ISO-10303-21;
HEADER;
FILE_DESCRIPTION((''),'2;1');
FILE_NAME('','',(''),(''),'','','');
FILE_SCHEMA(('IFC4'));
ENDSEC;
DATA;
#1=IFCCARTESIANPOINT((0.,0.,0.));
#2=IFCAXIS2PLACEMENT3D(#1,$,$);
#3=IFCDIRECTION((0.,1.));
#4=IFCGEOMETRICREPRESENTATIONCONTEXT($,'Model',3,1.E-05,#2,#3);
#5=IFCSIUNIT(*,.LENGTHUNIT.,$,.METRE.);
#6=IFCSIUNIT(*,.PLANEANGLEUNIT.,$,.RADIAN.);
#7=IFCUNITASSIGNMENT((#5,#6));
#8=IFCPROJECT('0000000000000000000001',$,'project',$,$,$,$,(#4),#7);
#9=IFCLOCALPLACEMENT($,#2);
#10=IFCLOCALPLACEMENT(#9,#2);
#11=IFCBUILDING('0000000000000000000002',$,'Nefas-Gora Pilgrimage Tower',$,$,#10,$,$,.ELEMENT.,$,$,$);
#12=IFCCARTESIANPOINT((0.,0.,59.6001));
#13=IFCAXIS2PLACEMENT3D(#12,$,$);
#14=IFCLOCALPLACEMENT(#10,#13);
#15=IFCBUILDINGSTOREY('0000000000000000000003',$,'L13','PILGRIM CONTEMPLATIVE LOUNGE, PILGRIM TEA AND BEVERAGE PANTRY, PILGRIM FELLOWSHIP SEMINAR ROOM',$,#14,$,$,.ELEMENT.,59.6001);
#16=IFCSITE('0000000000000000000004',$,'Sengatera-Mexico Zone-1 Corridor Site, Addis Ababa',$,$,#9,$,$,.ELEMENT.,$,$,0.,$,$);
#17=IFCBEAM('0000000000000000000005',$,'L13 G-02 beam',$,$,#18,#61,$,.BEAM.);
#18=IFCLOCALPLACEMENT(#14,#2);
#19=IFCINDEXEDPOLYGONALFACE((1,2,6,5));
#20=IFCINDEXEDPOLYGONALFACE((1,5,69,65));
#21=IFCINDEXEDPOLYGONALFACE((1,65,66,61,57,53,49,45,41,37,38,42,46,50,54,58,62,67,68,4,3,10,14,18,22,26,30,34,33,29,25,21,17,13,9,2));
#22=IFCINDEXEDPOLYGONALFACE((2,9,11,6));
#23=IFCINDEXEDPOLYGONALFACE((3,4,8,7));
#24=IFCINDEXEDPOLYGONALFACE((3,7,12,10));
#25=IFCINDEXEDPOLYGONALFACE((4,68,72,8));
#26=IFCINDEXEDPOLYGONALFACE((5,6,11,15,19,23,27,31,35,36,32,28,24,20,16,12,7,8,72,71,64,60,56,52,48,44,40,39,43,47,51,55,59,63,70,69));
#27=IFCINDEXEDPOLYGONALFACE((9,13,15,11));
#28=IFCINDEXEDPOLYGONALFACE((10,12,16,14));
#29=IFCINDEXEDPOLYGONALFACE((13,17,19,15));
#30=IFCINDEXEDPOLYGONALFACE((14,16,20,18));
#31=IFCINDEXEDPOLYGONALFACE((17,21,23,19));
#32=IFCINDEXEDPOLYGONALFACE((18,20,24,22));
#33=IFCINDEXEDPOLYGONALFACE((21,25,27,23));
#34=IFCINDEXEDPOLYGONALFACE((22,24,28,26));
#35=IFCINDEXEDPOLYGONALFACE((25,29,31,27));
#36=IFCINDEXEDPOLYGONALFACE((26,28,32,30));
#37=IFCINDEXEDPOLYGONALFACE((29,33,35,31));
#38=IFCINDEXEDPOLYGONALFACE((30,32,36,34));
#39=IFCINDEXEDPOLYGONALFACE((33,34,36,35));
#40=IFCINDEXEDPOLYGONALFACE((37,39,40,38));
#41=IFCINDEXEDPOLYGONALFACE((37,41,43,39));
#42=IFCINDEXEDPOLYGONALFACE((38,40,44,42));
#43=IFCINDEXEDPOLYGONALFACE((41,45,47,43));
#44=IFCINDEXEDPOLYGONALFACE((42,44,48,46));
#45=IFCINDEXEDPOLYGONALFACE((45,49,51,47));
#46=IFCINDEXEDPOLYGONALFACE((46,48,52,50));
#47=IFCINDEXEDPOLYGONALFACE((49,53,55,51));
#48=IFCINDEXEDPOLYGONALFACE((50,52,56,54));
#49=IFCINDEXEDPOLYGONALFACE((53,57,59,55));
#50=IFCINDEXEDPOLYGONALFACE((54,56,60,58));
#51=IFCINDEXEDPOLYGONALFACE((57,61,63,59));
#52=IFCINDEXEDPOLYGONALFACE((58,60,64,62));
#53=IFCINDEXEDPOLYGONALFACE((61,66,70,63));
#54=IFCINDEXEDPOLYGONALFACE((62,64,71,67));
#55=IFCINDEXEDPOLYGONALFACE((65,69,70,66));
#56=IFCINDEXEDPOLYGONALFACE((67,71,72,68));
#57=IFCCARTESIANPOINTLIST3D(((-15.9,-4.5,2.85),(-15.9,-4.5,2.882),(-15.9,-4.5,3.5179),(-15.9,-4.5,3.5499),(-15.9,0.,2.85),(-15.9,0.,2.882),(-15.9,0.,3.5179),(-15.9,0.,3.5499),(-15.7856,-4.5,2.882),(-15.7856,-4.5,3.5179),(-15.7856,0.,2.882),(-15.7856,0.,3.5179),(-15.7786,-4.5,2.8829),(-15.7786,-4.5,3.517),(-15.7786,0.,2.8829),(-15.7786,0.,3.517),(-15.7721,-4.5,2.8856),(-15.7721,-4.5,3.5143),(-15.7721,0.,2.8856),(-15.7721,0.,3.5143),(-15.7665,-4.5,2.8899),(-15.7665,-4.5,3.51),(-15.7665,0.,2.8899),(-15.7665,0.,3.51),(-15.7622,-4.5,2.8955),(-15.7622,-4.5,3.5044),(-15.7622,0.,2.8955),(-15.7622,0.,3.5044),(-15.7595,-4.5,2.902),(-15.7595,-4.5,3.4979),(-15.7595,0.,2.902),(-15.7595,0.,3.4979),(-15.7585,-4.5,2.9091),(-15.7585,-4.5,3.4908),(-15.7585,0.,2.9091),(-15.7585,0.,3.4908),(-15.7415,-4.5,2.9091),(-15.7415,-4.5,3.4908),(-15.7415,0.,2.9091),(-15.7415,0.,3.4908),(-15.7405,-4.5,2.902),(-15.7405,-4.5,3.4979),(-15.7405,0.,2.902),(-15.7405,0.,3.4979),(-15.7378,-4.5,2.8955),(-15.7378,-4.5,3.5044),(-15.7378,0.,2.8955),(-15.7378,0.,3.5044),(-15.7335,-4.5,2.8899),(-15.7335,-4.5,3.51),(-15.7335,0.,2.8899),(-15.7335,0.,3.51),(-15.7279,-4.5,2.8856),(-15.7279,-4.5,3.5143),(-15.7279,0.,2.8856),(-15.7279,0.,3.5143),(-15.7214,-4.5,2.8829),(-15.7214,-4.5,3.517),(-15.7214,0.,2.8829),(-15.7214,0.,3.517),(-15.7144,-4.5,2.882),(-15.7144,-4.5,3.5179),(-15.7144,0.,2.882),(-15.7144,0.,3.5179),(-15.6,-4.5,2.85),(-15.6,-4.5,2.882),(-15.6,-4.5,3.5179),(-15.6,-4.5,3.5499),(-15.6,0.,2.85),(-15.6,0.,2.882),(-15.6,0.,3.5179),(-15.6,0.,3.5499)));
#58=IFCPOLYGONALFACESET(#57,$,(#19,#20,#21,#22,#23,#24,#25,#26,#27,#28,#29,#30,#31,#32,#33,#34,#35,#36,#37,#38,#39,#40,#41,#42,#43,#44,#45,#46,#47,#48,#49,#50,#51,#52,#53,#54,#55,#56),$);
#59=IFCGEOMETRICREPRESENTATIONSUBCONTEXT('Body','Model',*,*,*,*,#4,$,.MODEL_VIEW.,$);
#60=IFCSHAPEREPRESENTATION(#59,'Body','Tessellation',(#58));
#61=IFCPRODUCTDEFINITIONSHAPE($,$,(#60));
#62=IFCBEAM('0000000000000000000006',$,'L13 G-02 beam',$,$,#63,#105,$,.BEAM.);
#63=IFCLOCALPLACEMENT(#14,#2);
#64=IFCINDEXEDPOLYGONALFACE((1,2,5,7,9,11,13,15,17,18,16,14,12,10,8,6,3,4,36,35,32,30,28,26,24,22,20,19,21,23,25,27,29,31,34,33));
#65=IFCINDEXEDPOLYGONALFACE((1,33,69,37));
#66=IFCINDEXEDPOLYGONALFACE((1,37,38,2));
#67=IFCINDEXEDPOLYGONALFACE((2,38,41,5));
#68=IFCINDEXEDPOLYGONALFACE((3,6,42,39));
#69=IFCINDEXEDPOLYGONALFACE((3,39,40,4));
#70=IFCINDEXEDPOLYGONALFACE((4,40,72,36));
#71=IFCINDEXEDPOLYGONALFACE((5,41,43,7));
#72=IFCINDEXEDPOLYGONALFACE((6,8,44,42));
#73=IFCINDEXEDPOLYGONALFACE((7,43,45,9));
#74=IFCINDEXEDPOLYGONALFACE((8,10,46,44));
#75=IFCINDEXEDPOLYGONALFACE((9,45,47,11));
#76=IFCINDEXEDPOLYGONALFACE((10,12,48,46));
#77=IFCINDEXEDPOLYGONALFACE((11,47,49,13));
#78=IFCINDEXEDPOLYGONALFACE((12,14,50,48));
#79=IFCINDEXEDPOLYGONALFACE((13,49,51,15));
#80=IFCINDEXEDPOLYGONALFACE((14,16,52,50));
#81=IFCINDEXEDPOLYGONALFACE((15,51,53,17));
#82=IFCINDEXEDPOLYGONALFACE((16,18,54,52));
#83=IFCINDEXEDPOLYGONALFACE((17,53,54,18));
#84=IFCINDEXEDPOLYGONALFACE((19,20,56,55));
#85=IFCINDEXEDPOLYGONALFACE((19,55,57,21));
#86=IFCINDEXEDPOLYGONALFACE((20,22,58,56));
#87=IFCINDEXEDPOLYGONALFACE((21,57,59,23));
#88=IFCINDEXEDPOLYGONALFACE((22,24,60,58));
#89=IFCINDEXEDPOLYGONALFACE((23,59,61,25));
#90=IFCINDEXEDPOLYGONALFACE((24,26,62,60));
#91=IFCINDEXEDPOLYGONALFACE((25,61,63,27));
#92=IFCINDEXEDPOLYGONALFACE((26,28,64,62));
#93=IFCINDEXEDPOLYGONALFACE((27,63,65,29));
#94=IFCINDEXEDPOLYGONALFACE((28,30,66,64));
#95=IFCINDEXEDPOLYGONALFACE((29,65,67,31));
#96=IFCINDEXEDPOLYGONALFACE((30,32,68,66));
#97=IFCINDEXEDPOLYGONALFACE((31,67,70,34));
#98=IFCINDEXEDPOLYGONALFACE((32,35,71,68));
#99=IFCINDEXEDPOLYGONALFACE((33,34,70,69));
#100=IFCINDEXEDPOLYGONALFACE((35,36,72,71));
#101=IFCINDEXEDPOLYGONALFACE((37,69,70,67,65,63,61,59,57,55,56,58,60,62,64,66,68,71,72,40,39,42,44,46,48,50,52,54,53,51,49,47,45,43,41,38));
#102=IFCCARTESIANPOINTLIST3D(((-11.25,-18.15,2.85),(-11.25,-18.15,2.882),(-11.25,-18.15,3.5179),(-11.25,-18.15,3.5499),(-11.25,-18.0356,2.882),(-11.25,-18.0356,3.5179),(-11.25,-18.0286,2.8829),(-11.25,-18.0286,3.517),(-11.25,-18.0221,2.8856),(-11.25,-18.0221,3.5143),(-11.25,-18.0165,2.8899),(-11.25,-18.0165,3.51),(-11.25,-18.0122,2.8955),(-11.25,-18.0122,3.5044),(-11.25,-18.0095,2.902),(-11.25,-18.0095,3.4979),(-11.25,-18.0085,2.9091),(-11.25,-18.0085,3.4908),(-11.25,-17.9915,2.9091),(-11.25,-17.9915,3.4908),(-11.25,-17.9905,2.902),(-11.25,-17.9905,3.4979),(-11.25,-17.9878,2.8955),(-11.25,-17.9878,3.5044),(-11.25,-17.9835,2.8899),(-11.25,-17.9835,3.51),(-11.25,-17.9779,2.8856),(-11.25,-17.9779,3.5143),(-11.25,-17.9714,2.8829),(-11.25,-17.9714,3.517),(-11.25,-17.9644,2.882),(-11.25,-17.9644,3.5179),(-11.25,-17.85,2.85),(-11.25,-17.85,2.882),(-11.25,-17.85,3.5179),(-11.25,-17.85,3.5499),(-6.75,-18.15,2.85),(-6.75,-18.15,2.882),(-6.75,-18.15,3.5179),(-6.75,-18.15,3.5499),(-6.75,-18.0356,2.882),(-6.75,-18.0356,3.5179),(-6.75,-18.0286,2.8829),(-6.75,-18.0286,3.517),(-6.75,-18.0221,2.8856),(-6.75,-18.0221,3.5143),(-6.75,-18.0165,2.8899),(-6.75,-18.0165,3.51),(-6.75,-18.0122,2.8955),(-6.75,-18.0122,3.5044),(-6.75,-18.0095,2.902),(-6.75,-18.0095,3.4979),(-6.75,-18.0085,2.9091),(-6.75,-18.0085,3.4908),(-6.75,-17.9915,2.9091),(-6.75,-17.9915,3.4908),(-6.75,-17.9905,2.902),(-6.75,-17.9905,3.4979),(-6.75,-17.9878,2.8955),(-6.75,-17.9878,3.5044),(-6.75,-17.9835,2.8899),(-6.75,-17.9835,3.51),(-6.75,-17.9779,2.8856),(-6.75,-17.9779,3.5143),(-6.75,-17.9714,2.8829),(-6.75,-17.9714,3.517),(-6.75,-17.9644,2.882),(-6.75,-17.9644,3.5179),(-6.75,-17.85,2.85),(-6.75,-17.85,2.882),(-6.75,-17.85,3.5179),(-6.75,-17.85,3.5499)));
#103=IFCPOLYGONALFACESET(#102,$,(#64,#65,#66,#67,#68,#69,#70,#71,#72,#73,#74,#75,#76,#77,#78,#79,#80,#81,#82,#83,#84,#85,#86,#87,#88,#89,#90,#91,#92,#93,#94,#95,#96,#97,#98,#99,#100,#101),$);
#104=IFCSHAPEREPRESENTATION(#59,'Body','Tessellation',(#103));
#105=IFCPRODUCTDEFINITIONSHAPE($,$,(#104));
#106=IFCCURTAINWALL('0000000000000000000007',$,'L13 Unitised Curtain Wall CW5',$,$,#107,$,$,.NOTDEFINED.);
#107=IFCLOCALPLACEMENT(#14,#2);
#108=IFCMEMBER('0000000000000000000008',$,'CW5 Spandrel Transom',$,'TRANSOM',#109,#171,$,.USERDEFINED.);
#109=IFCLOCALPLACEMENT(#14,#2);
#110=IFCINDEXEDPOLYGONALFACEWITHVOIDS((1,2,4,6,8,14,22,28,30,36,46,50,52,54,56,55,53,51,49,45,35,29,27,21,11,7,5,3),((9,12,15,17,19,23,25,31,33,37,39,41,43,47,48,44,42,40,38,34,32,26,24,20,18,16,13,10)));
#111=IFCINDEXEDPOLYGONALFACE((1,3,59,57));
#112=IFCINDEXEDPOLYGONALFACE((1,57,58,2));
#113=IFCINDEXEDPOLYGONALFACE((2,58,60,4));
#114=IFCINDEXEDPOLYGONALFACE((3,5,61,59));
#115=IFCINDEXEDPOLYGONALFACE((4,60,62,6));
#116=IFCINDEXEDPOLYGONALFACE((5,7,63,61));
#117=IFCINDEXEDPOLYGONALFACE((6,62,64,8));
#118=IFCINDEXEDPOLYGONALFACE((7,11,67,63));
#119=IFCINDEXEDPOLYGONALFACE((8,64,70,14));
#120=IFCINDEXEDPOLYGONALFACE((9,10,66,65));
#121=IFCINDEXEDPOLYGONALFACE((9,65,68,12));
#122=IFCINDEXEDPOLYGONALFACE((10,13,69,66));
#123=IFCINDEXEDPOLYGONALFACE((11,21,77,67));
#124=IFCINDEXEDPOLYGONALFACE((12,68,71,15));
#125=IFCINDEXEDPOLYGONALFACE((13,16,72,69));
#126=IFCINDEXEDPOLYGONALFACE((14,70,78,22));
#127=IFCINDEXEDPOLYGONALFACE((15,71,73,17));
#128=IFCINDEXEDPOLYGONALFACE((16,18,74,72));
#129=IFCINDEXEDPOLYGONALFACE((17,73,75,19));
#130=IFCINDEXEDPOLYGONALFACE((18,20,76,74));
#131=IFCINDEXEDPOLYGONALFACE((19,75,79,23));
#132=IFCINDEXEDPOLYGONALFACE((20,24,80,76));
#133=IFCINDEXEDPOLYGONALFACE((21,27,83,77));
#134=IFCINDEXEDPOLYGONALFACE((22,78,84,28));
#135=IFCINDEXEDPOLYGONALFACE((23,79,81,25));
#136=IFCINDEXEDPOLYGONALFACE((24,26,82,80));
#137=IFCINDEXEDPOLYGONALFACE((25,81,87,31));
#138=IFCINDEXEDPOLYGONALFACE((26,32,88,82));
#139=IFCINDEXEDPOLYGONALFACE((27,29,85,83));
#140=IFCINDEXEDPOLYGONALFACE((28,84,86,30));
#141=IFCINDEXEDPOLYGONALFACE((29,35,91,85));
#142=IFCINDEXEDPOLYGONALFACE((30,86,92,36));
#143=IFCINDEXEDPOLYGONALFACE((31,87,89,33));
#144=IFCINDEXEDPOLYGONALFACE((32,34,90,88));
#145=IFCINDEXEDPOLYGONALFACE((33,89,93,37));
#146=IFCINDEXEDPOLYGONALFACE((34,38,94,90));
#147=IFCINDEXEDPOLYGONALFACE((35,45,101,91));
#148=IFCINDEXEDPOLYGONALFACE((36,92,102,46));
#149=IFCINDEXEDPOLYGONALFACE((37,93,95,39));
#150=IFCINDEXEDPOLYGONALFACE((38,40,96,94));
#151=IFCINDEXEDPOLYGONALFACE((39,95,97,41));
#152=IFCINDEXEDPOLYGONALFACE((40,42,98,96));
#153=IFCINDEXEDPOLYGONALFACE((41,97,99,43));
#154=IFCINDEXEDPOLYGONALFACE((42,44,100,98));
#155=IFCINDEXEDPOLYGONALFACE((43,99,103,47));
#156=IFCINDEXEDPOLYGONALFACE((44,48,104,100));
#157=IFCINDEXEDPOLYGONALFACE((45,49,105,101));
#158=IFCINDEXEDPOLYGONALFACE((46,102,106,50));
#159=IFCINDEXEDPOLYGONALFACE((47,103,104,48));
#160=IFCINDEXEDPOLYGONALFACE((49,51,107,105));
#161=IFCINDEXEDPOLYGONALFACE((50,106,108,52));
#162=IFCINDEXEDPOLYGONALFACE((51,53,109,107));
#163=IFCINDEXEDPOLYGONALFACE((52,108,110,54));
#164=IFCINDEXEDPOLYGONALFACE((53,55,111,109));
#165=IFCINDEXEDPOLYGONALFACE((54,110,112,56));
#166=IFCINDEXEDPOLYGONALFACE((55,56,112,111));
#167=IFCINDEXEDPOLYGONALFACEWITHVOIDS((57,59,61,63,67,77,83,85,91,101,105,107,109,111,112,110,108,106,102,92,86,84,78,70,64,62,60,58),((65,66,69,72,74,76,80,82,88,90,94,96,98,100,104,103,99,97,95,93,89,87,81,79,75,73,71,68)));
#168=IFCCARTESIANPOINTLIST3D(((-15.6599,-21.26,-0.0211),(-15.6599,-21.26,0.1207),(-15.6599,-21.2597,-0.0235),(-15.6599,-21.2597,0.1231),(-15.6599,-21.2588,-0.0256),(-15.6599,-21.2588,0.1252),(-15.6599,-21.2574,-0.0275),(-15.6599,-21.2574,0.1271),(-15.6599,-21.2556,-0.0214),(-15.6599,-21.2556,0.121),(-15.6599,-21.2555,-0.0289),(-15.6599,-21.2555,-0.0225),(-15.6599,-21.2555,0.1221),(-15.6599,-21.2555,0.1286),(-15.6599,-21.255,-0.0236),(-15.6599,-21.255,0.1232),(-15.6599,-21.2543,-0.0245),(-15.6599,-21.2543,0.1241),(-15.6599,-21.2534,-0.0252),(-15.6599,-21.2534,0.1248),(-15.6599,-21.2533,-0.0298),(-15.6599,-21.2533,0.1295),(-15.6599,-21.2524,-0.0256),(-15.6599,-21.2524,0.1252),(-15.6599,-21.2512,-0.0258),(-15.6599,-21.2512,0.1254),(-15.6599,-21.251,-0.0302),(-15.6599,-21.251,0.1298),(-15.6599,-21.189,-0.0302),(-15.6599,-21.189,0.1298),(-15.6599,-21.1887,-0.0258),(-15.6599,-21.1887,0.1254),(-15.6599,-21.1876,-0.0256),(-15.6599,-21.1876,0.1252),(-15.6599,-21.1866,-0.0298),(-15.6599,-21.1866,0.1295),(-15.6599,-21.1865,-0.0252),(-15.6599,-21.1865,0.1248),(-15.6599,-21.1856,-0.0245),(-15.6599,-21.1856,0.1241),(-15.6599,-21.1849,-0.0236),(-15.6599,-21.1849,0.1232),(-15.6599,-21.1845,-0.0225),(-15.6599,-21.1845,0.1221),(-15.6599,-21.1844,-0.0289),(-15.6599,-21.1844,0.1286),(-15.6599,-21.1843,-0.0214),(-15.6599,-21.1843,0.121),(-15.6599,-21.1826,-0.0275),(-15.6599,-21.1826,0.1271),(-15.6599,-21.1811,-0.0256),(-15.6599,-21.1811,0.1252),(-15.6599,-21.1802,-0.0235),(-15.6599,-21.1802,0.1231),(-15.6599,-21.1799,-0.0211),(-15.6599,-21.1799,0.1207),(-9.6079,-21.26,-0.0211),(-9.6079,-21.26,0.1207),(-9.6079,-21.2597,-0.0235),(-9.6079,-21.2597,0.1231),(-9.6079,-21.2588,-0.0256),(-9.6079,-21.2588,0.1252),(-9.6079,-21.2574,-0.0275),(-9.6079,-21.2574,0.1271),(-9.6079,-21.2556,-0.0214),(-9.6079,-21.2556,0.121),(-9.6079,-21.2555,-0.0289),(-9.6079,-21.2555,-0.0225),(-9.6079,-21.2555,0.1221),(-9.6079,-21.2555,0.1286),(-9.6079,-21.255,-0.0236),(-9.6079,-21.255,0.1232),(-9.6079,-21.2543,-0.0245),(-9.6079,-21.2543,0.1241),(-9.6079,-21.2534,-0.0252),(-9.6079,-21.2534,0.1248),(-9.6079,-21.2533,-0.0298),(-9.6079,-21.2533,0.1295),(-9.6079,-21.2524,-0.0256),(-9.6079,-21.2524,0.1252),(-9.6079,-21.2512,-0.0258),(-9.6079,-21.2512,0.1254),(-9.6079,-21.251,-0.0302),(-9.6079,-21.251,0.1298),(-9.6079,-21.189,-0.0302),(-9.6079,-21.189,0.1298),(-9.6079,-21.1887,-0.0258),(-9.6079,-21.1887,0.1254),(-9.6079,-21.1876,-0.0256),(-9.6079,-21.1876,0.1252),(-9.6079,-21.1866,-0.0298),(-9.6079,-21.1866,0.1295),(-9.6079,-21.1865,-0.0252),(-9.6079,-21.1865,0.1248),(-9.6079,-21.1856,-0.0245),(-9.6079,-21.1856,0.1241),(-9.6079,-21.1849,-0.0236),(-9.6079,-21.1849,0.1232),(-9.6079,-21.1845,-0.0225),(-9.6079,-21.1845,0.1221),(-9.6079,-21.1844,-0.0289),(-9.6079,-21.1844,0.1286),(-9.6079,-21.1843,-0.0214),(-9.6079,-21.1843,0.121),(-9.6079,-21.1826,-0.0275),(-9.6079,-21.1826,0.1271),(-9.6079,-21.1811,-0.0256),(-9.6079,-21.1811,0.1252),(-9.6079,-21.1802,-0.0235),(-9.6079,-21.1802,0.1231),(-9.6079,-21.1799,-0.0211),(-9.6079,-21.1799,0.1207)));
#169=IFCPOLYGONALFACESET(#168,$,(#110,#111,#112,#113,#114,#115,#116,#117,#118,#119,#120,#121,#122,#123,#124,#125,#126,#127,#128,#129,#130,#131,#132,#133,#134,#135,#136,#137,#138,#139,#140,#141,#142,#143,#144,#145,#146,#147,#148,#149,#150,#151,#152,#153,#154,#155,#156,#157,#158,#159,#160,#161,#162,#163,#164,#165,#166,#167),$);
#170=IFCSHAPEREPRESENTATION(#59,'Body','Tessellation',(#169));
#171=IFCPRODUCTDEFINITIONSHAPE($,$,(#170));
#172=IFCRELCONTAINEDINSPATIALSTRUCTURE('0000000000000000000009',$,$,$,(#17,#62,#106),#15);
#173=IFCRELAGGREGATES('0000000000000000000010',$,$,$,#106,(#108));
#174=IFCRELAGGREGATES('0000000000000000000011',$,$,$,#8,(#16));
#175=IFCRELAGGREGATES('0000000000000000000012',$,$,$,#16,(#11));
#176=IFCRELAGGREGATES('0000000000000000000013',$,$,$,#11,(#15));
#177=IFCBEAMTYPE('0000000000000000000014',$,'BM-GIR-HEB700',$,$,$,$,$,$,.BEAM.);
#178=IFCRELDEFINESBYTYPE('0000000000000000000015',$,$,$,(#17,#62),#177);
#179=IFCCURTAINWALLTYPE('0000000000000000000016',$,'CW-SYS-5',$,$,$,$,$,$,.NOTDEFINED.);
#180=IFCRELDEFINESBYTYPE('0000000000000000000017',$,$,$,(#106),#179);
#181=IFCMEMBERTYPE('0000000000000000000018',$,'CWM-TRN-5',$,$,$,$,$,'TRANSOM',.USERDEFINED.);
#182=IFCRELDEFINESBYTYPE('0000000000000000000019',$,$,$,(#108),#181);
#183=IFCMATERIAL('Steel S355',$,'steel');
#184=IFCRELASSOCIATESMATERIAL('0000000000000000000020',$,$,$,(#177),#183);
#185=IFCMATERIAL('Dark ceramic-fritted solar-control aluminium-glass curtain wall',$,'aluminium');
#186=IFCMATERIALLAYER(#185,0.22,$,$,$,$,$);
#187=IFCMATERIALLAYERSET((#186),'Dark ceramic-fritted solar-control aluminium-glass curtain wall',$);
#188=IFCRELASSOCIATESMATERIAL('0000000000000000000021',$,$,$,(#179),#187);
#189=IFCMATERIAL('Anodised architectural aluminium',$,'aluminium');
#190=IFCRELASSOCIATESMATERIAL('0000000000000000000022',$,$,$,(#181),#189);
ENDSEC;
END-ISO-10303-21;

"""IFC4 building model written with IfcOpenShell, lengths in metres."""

from ifc_helpers import new_model, si_unit, direction, frame, origin, origin_2d, place, context, subcontext, project, spatial, hollow_rectangle, i_section, extrude, source, transform, mapped, material, layer, layer_set, material_profile, profile_set, type_object, element, aggregate, save


model = new_model("IFC4")

# Units and contexts
model_context = context("Model", 3, precision=1e-05, world=origin(), true_north=direction((0.0, 1.0)))
body_context = subcontext(model_context, "Body", "Model", "MODEL_VIEW")
ifc_project = project(units=[si_unit("LENGTHUNIT", "METRE"), si_unit("PLANEANGLEUNIT", "RADIAN")], contexts=[model_context])

# Site, building, storey
site_placement = place(None, origin())
site = spatial("IfcSite", under=ifc_project, at=site_placement, Name="Sengatera-Mexico Zone-1 Corridor Site, Addis Ababa", CompositionType="ELEMENT", RefElevation=0.0)
building_placement = place(site_placement, origin())
building = spatial("IfcBuilding", under=site, at=building_placement, Name="Nefas-Gora Pilgrimage Tower", CompositionType="ELEMENT")
storey_placement = place(building_placement, frame((0.0, 0.0, 59.6001)))
storey = spatial("IfcBuildingStorey", under=building, at=storey_placement, Name="L13", Description="PILGRIM CONTEMPLATIVE LOUNGE, PILGRIM TEA AND BEVERAGE PANTRY, PILGRIM FELLOWSHIP SEMINAR ROOM", CompositionType="ELEMENT", Elevation=59.6001)

# Beams
ifc_material_1 = material(Name="Steel S355", Category="steel")
ifc_material_profile_1 = material_profile(ifc_material_1, i_section(OverallWidth=0.3, OverallDepth=0.7, WebThickness=0.0171, FlangeThickness=0.032, FilletRadius=0.0271, at=origin_2d()), Name="HEB 700")
ifc_profile_set_1 = profile_set([ifc_material_profile_1], Name="Steel S355")
beam_type_1 = type_object("IfcBeamType", Name="BM-GIR-HEB700", PredefinedType="BEAM", material=ifc_profile_set_1)
shared_shape_1 = source(origin(), body_context, "Body", "SweptSolid", [
    extrude(i_section(OverallWidth=0.3, OverallDepth=0.7, WebThickness=0.0171, FlangeThickness=0.032, FilletRadius=0.0271, at=origin_2d()), origin(), (0.0, 0.0, 1.0), 4.5),
])
for number, where, z_axis, x_axis, name in (
    (1, (-15.75, -4.5, 3.2), (0.0, 1.0, 0.0), (-1.0, 0.0, 0.0), "L13 G-02 beam"),
    (2, (-11.25, -18.0, 3.2), (1.0, 0.0, 0.0), (0.0, 1.0, 0.0), "L13 G-02 beam"),
):
    element("IfcBeam", number, at=place(storey_placement, frame(where, z_axis=z_axis, x_axis=x_axis)), inside=storey, type_object=beam_type_1, Name=name, PredefinedType="BEAM", context=body_context, shape_type="MappedRepresentation", body=[
        mapped(shared_shape_1, transform((0.0, 0.0, 0.0), x_axis=(1.0, 0.0, 0.0), y_axis=(0.0, 1.0, 0.0), z_axis=(0.0, 0.0, 1.0), scale=1.0)),
    ])

# Curtain wall, member
ifc_material_2 = material(Name="Dark ceramic-fritted solar-control aluminium-glass curtain wall", Category="aluminium")
ifc_layer_1 = layer(ifc_material_2, 0.22)
ifc_layer_set_1 = layer_set([ifc_layer_1], Name="Dark ceramic-fritted solar-control aluminium-glass curtain wall")
curtain_wall_type_1 = type_object("IfcCurtainWallType", Name="CW-SYS-5", PredefinedType="NOTDEFINED", material=ifc_layer_set_1)
curtain_wall_1_placement = place(storey_placement, origin())
curtain_wall_1 = element("IfcCurtainWall", 3, at=curtain_wall_1_placement, inside=storey, type_object=curtain_wall_type_1, Name="L13 Unitised Curtain Wall CW5", PredefinedType="NOTDEFINED")
ifc_material_3 = material(Name="Anodised architectural aluminium", Category="aluminium")
ifc_material_profile_2 = material_profile(ifc_material_3, hollow_rectangle(XDim=0.0801, YDim=0.1599, WallThickness=0.0044, InnerFilletRadius=0.0044, OuterFilletRadius=0.009, at=origin_2d()), Name="ALU TRANSOM 80x160")
ifc_profile_set_2 = profile_set([ifc_material_profile_2], Name="Anodised architectural aluminium")
member_type_1 = type_object("IfcMemberType", Name="CWM-TRN-5", ElementType="TRANSOM", PredefinedType="USERDEFINED", material=ifc_profile_set_2)
shared_shape_2 = source(origin(), body_context, "Body", "SweptSolid", [
    extrude(hollow_rectangle(XDim=0.0801, YDim=0.1599, WallThickness=0.0044, InnerFilletRadius=0.0044, OuterFilletRadius=0.009, at=origin_2d()), origin(), (0.0, 0.0, 1.0), 6.052),
])
member_1_placement = place(storey_placement, frame((-15.6599, -21.22, 0.0498), z_axis=(1.0, 0.0, 0.0), x_axis=(0.0, 1.0, 0.0)))
member_1 = element("IfcMember", 4, at=member_1_placement, type_object=member_type_1, Name="CW5 Spandrel Transom", ObjectType="TRANSOM", PredefinedType="USERDEFINED", context=body_context, shape_type="MappedRepresentation", body=[
    mapped(shared_shape_2, transform((0.0, 0.0, 0.0), x_axis=(1.0, 0.0, 0.0), y_axis=(0.0, 1.0, 0.0), z_axis=(0.0, 0.0, 1.0), scale=1.0)),
])

aggregate(curtain_wall_1, [member_1])

save(model, "model.ifc")
